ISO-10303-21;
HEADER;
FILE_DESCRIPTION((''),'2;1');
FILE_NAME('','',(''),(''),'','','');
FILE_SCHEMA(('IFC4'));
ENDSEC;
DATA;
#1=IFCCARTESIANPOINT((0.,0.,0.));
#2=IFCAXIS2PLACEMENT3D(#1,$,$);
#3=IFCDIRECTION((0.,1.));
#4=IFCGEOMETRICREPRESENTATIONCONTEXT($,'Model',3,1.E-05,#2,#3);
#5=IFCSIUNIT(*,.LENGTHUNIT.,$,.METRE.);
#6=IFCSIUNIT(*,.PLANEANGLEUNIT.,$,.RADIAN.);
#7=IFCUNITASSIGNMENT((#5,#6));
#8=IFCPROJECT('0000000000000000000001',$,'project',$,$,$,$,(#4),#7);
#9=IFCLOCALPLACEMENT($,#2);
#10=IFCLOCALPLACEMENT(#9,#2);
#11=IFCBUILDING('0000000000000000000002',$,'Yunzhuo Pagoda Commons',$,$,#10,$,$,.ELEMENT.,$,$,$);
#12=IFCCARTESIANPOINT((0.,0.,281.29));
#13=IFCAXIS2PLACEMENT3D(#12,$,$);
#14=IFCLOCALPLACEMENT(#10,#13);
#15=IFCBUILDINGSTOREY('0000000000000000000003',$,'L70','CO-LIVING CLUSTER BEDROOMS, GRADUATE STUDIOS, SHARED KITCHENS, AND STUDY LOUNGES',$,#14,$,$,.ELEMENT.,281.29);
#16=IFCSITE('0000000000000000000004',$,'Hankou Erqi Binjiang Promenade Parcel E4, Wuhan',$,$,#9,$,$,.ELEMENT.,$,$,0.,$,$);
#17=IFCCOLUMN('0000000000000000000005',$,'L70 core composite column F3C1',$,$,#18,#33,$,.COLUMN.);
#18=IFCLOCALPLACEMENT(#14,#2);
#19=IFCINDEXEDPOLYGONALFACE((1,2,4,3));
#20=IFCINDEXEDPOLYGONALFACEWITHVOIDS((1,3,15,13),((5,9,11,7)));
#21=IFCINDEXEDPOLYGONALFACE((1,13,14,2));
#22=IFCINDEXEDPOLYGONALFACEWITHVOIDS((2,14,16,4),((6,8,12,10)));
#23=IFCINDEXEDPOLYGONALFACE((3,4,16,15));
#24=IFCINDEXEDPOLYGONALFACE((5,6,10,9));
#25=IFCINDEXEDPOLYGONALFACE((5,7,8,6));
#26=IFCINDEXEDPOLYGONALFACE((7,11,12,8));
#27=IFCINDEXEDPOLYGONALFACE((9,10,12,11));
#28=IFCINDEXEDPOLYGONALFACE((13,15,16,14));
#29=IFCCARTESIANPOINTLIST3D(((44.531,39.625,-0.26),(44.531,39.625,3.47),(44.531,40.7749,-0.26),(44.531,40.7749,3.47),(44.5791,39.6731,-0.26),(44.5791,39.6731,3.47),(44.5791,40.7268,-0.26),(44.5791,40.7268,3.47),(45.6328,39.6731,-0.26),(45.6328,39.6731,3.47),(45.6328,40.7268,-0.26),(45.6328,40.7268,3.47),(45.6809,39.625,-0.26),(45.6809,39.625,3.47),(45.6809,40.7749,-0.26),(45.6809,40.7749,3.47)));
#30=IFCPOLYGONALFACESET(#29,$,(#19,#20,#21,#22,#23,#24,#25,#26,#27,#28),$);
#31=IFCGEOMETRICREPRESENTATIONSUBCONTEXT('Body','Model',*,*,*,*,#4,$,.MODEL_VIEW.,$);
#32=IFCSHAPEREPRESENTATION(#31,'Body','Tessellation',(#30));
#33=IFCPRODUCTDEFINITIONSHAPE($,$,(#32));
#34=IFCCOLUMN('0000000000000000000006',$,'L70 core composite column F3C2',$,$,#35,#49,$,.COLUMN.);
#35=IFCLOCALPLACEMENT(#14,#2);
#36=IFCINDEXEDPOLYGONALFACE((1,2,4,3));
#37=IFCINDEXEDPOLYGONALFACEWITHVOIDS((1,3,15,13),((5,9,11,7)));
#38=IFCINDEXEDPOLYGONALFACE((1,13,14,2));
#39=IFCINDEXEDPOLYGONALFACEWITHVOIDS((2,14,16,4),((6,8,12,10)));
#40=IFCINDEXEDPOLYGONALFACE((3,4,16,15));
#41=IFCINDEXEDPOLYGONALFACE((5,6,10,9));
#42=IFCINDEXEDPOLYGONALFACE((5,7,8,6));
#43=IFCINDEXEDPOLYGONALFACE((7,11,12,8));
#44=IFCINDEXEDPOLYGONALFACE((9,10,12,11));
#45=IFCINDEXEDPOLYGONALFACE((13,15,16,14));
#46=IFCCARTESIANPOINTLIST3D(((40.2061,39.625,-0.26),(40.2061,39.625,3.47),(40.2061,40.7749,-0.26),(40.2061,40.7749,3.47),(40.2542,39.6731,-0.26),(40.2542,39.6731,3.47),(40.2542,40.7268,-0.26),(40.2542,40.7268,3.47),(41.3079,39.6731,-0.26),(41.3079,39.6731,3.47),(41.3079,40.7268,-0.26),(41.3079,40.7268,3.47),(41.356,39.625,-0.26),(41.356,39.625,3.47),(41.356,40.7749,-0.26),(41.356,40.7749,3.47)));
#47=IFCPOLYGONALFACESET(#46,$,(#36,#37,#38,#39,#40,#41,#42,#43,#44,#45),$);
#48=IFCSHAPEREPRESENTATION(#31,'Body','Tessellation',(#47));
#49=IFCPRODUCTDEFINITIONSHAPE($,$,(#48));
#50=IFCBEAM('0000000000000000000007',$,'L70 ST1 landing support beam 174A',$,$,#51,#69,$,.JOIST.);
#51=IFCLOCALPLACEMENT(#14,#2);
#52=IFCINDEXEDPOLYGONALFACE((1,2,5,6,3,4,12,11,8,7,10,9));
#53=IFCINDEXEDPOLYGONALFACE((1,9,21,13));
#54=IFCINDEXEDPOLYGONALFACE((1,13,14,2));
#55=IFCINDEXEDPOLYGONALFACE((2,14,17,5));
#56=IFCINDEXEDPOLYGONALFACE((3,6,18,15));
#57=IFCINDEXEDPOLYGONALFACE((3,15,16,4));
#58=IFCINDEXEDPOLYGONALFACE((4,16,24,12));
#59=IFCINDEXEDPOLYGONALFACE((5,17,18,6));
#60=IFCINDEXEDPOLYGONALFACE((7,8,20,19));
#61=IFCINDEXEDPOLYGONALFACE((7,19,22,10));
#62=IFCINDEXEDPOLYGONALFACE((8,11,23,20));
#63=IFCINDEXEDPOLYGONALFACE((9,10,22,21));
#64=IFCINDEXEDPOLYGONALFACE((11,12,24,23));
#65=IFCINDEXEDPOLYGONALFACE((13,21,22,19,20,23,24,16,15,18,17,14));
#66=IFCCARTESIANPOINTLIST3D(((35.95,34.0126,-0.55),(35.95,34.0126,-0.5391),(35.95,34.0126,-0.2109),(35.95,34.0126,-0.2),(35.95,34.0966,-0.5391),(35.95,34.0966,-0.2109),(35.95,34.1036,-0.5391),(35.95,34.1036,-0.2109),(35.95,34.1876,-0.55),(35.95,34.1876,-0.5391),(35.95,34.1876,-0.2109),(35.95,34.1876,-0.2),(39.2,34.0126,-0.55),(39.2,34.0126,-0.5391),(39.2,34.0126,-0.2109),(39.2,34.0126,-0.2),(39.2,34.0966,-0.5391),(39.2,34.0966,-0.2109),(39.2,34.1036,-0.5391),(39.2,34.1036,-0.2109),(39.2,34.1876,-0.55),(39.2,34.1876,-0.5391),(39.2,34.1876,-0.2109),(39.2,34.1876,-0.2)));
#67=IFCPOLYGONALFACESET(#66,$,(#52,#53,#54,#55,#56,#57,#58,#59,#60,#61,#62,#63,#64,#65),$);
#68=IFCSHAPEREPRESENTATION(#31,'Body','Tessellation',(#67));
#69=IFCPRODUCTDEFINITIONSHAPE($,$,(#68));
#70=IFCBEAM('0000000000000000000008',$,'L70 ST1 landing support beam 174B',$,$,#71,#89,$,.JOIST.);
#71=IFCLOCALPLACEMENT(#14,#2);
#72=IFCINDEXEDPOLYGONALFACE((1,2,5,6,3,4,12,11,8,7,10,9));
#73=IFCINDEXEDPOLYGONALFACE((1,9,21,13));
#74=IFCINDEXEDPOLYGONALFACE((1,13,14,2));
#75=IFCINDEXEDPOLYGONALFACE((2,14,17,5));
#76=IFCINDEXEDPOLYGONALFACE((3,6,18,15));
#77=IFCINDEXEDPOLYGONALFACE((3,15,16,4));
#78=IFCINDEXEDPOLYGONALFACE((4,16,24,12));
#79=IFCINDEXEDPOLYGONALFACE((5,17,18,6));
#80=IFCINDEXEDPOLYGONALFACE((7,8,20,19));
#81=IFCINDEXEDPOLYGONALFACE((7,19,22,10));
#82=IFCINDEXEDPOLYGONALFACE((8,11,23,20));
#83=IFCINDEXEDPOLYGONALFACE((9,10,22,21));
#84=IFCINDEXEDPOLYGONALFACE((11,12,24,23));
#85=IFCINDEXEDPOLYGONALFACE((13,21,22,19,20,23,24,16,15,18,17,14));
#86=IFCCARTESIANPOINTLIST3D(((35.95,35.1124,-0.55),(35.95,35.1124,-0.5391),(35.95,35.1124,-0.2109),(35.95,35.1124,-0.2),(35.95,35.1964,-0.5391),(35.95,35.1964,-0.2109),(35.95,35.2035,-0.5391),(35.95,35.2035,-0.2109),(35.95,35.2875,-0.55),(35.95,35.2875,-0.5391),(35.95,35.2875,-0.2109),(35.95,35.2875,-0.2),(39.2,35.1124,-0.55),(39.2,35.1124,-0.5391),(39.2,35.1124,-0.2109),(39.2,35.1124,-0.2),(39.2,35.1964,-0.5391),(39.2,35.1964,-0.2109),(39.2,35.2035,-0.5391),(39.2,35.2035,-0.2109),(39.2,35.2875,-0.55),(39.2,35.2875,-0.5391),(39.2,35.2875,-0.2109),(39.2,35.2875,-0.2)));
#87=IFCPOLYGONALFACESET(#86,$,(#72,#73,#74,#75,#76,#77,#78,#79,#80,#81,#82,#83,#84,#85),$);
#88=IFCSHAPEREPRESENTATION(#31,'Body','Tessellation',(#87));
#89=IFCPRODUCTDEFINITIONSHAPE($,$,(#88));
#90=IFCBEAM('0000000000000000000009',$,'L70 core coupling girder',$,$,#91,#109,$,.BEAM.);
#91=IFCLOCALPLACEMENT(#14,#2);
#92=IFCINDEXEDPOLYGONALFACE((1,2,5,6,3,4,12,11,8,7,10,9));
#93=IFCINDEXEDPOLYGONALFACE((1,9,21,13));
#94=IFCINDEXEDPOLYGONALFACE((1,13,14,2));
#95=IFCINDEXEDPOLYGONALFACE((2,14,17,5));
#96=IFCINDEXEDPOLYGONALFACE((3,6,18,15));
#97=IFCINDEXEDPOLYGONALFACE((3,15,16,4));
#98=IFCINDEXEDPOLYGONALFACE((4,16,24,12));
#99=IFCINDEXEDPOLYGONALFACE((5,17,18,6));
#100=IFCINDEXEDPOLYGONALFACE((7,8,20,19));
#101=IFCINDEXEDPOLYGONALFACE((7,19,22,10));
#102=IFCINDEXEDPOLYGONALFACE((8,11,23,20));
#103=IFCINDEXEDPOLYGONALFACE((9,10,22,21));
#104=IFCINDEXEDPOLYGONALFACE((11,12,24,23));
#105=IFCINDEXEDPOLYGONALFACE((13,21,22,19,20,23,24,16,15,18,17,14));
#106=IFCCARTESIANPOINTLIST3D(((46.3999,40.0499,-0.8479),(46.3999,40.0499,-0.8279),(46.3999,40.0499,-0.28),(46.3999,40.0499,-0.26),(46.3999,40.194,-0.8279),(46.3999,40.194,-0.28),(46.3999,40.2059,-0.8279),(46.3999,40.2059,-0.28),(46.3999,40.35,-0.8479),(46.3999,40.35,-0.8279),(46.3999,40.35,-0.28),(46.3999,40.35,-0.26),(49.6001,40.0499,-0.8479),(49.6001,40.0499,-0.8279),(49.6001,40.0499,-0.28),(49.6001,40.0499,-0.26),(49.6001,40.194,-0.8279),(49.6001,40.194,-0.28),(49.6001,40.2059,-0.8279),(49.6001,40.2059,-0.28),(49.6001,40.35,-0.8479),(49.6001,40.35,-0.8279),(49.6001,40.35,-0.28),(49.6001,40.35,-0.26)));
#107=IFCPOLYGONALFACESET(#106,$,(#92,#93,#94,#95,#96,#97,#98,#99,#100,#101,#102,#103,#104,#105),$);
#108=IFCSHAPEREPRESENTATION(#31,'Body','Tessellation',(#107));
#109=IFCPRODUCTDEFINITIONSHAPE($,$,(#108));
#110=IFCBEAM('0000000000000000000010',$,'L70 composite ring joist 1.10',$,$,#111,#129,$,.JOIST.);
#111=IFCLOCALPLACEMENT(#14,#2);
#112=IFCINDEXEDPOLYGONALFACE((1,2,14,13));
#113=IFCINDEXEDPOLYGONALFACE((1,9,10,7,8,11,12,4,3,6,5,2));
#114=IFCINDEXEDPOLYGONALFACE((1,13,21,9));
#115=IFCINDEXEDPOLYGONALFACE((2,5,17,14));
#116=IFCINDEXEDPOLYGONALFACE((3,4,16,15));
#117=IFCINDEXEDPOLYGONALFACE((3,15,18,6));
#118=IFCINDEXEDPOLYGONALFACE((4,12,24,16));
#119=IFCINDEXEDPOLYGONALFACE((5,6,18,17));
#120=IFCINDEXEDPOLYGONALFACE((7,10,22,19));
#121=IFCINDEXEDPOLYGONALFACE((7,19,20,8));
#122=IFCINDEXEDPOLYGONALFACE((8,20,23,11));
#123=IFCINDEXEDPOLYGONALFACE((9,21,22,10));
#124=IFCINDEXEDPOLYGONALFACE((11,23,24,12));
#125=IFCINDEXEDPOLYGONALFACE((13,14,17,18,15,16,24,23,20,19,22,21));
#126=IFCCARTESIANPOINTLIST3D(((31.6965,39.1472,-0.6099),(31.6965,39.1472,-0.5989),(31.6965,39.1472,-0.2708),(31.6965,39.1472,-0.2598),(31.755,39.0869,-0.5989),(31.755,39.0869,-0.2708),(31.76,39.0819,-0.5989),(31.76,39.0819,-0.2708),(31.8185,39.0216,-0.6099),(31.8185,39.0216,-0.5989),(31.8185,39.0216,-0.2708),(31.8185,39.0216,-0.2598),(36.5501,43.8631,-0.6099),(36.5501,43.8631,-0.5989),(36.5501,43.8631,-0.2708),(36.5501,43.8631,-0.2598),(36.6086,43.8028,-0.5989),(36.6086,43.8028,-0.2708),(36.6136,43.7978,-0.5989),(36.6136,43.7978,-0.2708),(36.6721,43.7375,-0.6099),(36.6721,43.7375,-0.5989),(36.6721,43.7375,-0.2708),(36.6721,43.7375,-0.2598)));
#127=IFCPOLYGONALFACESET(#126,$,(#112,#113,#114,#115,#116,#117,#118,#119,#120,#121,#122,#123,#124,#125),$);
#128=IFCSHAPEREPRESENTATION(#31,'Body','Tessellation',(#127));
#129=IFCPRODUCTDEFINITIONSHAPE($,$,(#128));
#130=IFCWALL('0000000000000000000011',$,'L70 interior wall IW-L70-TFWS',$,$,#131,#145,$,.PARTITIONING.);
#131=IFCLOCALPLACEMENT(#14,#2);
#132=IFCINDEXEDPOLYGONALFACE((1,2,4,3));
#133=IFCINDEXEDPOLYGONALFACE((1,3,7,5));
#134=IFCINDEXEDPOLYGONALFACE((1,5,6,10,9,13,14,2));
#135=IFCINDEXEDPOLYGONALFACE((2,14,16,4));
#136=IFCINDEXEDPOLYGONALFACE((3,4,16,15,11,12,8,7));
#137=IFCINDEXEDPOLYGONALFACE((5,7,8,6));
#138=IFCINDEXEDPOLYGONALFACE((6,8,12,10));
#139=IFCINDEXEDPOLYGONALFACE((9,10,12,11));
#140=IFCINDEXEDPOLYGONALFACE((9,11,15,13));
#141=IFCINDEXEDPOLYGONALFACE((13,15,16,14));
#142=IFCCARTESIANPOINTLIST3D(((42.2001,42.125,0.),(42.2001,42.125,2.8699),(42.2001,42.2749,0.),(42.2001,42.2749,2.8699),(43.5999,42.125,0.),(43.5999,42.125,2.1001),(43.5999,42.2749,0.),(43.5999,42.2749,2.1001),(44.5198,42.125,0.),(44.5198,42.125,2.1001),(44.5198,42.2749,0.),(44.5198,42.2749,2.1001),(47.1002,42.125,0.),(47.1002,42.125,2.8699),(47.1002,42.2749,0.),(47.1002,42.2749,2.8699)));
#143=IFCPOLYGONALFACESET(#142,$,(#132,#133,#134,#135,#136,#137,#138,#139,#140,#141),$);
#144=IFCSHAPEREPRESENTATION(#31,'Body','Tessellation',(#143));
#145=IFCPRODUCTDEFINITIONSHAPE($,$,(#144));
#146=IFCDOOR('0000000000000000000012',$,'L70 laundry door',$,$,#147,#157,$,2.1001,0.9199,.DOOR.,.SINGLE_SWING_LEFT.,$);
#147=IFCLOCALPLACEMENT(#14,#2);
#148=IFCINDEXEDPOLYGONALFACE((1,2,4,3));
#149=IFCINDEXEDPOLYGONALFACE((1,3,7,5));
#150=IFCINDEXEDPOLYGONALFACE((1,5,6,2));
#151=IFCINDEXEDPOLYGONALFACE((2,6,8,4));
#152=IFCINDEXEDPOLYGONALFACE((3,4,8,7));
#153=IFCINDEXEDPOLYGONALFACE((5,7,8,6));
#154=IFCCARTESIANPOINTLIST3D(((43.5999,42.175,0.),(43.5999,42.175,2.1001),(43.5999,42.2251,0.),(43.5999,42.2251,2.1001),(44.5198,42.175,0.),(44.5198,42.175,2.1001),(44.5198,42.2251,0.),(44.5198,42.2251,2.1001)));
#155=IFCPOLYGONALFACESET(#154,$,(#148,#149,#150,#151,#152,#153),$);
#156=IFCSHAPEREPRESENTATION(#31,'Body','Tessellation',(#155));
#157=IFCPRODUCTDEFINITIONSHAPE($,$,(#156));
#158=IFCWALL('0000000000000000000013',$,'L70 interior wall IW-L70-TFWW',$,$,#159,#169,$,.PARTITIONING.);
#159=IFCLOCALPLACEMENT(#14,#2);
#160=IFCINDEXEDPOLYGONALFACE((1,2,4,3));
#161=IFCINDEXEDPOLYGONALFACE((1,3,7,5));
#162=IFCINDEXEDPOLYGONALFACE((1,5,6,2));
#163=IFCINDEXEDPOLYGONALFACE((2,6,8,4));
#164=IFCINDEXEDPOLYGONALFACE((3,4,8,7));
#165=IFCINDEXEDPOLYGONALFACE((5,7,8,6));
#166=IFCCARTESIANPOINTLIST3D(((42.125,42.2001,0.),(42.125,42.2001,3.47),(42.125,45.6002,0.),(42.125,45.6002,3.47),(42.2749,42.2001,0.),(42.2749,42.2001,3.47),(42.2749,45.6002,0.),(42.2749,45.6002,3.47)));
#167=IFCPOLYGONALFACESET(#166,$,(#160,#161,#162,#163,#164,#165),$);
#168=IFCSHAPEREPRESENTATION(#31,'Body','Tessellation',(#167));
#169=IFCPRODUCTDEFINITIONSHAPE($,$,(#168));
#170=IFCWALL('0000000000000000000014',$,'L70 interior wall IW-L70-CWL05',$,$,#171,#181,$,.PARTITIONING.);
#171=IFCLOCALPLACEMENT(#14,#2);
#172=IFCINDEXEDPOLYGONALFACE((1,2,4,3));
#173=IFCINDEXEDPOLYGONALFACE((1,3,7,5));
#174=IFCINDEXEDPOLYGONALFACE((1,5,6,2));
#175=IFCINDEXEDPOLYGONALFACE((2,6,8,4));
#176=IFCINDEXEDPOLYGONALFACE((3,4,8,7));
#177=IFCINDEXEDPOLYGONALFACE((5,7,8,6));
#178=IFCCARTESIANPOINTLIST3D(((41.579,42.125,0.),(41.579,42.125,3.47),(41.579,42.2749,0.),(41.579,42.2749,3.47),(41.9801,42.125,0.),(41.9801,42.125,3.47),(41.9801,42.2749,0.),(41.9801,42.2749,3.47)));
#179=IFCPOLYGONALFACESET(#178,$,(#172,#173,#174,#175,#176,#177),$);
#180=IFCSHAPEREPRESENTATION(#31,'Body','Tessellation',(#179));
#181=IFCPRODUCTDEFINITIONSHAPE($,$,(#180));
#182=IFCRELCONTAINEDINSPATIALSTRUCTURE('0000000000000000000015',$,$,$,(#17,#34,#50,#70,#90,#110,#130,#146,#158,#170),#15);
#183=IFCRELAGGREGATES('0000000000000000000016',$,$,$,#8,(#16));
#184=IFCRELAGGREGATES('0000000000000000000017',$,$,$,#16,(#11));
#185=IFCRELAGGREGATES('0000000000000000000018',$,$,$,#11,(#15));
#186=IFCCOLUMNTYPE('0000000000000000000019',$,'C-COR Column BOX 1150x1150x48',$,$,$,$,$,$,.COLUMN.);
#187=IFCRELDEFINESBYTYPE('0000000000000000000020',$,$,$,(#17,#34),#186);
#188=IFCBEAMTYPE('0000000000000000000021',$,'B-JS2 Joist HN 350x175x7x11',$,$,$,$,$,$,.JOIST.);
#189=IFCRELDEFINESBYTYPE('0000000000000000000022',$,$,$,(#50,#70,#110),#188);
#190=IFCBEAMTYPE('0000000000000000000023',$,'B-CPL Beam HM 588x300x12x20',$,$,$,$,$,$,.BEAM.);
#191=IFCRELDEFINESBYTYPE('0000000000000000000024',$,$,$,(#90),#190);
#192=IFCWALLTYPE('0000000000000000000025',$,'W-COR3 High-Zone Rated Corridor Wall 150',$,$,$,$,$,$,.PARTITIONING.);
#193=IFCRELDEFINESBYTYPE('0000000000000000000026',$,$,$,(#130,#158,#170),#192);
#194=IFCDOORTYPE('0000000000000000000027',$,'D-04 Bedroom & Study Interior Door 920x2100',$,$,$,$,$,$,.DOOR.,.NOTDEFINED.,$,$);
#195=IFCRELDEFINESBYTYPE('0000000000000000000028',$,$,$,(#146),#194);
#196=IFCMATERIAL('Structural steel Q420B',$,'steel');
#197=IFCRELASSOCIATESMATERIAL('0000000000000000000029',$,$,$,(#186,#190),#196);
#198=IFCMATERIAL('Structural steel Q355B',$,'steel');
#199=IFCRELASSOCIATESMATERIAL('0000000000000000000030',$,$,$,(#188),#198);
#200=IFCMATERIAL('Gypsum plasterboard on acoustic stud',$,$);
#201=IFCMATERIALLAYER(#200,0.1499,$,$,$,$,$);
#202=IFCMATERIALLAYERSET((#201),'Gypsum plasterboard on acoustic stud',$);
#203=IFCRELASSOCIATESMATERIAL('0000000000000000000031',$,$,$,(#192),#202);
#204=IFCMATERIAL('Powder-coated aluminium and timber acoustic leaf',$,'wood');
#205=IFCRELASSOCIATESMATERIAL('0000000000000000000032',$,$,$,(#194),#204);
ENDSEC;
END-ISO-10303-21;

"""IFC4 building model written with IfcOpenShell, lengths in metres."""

from ifc_helpers import new_model, si_unit, direction, frame, frame_2d, origin, origin_2d, place, context, subcontext, project, spatial, rectangle, hollow_rectangle, i_section, extrude, source, transform, mapped, material, layer, layer_set, material_profile, profile_set, type_object, element, fill, save


model = new_model("IFC4")

# Units and contexts
model_context = context("Model", 3, precision=1e-05, world=origin(), true_north=direction((0.0, 1.0)))
body_context = subcontext(model_context, "Body", "Model", "MODEL_VIEW")
ifc_project = project(units=[si_unit("LENGTHUNIT", "METRE"), si_unit("PLANEANGLEUNIT", "RADIAN")], contexts=[model_context])

# Site, building, storey
site_placement = place(None, origin())
site = spatial("IfcSite", under=ifc_project, at=site_placement, Name="Hankou Erqi Binjiang Promenade Parcel E4, Wuhan", CompositionType="ELEMENT", RefElevation=0.0)
building_placement = place(site_placement, origin())
building = spatial("IfcBuilding", under=site, at=building_placement, Name="Yunzhuo Pagoda Commons", CompositionType="ELEMENT")
storey_placement = place(building_placement, frame((0.0, 0.0, 281.29)))
storey = spatial("IfcBuildingStorey", under=building, at=storey_placement, Name="L70", Description="CO-LIVING CLUSTER BEDROOMS, GRADUATE STUDIOS, SHARED KITCHENS, AND STUDY LOUNGES", CompositionType="ELEMENT", Elevation=281.29)

# Columns
ifc_material_1 = material(Name="Structural steel Q420B", Category="steel")
ifc_material_profile_1 = material_profile(ifc_material_1, hollow_rectangle(XDim=1.1499, YDim=1.1499, WallThickness=0.0481, at=origin_2d()), Name="Structural steel Q420B")
ifc_profile_set_1 = profile_set([ifc_material_profile_1], Name="Structural steel Q420B")
column_type = type_object("IfcColumnType", Name="C-COR Column BOX 1150x1150x48", PredefinedType="COLUMN", material=ifc_profile_set_1)
shared_shape_1 = source(origin(), body_context, "Body", "SweptSolid", [
    extrude(hollow_rectangle(XDim=1.1499, YDim=1.1499, WallThickness=0.0481, at=origin_2d()), origin(), (0.0, 0.0, 1.0), 3.73),
])
for number, where, z_axis, x_axis, name in (
    (1, (45.106, 40.2, -0.26), (0.0, 0.0, 1.0), (1.0, 0.0, 0.0), "L70 core composite column F3C1"),
    (2, (40.781, 40.2, -0.26), (0.0, 0.0, 1.0), (1.0, 0.0, 0.0), "L70 core composite column F3C2"),
):
    element("IfcColumn", number, at=place(storey_placement, frame(where, z_axis=z_axis, x_axis=x_axis)), inside=storey, type_object=column_type, Name=name, PredefinedType="COLUMN", context=body_context, shape_type="MappedRepresentation", body=[
        mapped(shared_shape_1, transform((0.0, 0.0, 0.0), scale=1.0)),
    ])

# Beams
ifc_material_2 = material(Name="Structural steel Q355B", Category="steel")
ifc_material_profile_2 = material_profile(ifc_material_2, i_section(OverallWidth=0.175, OverallDepth=0.3501, WebThickness=0.0071, FlangeThickness=0.011, at=origin_2d()), Name="Structural steel Q355B")
ifc_profile_set_2 = profile_set([ifc_material_profile_2], Name="Structural steel Q355B")
beam_type_1 = type_object("IfcBeamType", Name="B-JS2 Joist HN 350x175x7x11", PredefinedType="JOIST", material=ifc_profile_set_2)
shared_shape_2 = source(origin(), body_context, "Body", "SweptSolid", [
    extrude(i_section(OverallWidth=0.175, OverallDepth=0.3501, WebThickness=0.0071, FlangeThickness=0.011, at=origin_2d()), origin(), (0.0, 0.0, 1.0), 3.25),
])
for number, where, z_axis, x_axis, name in (
    (3, (35.95, 34.1001, -0.375), (1.0, 0.0, 0.0), (0.0, 1.0, 0.0), "L70 ST1 landing support beam 174A"),
    (4, (35.95, 35.2, -0.375), (1.0, 0.0, 0.0), (0.0, 1.0, 0.0), "L70 ST1 landing support beam 174B"),
):
    element("IfcBeam", number, at=place(storey_placement, frame(where, z_axis=z_axis, x_axis=x_axis)), inside=storey, type_object=beam_type_1, Name=name, PredefinedType="JOIST", context=body_context, shape_type="MappedRepresentation", body=[
        mapped(shared_shape_2, transform((0.0, 0.0, 0.0), scale=1.0)),
    ])
ifc_material_profile_3 = material_profile(ifc_material_1, i_section(OverallWidth=0.3, OverallDepth=0.5879, WebThickness=0.012, FlangeThickness=0.02, at=origin_2d()), Name="Structural steel Q420B")
ifc_profile_set_3 = profile_set([ifc_material_profile_3], Name="Structural steel Q420B")
beam_type_2 = type_object("IfcBeamType", Name="B-CPL Beam HM 588x300x12x20", PredefinedType="BEAM", material=ifc_profile_set_3)
shared_shape_3 = source(origin(), body_context, "Body", "SweptSolid", [
    extrude(i_section(OverallWidth=0.3, OverallDepth=0.5879, WebThickness=0.012, FlangeThickness=0.02, at=origin_2d()), origin(), (0.0, 0.0, 1.0), 3.2002),
])
beam_1_placement = place(storey_placement, frame((46.3999, 40.2, -0.554), z_axis=(1.0, 0.0, 0.0), x_axis=(0.0, 1.0, 0.0)))
element("IfcBeam", 5, at=beam_1_placement, inside=storey, type_object=beam_type_2, Name="L70 core coupling girder", PredefinedType="BEAM", context=body_context, shape_type="MappedRepresentation", body=[
    mapped(shared_shape_3, transform((0.0, 0.0, 0.0), scale=1.0)),
])
shared_shape_4 = source(origin(), body_context, "Body", "SweptSolid", [
    extrude(i_section(OverallWidth=0.175, OverallDepth=0.3501, WebThickness=0.0071, FlangeThickness=0.011, at=origin_2d()), origin(), (0.0, 0.0, 1.0), 6.7673),
])
beam_2_placement = place(storey_placement, frame((36.6111, 43.8003, -0.4348), z_axis=(-0.717207, -0.69686, 0.0), x_axis=(0.69686, -0.717207, 0.0)))
element("IfcBeam", 6, at=beam_2_placement, inside=storey, type_object=beam_type_1, Name="L70 composite ring joist 1.10", PredefinedType="JOIST", context=body_context, shape_type="MappedRepresentation", body=[
    mapped(shared_shape_4, transform((0.0, 0.0, 0.0), scale=1.0)),
])

# Wall, opening, door
ifc_material_3 = material(Name="Gypsum plasterboard on acoustic stud")
ifc_layer_1 = layer(ifc_material_3, 0.1499)
ifc_layer_set_1 = layer_set([ifc_layer_1], Name="Gypsum plasterboard on acoustic stud")
wall_type_1 = type_object("IfcWallType", Name="W-COR3 High-Zone Rated Corridor Wall 150", PredefinedType="PARTITIONING", material=ifc_layer_set_1)
wall_1_placement = place(storey_placement, frame((42.2, 42.2, 0.0), z_axis=(0.0, 0.0, 1.0), x_axis=(1.0, 0.0, 0.0)))
wall_1 = element("IfcWall", 7, at=wall_1_placement, inside=storey, type_object=wall_type_1, Name="L70 interior wall IW-L70-TFWS", PredefinedType="PARTITIONING", context=body_context, shape_type="SweptSolid", body=[
    extrude(rectangle(XDim=4.9001, YDim=0.1499, at=frame_2d((2.4502, 0.0))), origin(), (0.0, 0.0, 1.0), 2.8699),
])
opening_1_placement = place(wall_1_placement, frame((1.3999, 0.0, 0.0)))
opening_1 = element("IfcOpeningElement", 8, at=opening_1_placement, cuts=wall_1, PredefinedType="OPENING", context=body_context, shape_type="SweptSolid", body=[
    extrude(rectangle(XDim=0.9199, YDim=2.1001, at=frame_2d((0.46, 1.05))), frame((0.0, 0.085, 0.0), z_axis=(0.0, -1.0, 0.0), x_axis=(1.0, 0.0, 0.0)), (0.0, 0.0, 1.0), 0.1699),
])
ifc_material_4 = material(Name="Powder-coated aluminium and timber acoustic leaf", Category="wood")
door_type_1 = type_object("IfcDoorType", Name="D-04 Bedroom & Study Interior Door 920x2100", OperationType="NOTDEFINED", PredefinedType="DOOR", material=ifc_material_4)
shared_shape_5 = source(origin(), body_context, "Body", "SweptSolid", [
    extrude(rectangle(XDim=0.9199, YDim=2.1001, at=frame_2d((0.46, 1.05))), frame((0.0, 0.0249, 0.0), z_axis=(0.0, -1.0, 0.0), x_axis=(1.0, 0.0, 0.0)), (0.0, 0.0, 1.0), 0.05),
])
door_1_placement = place(opening_1_placement, frame((0.9199, 0.0, 0.0), z_axis=(0.0, 0.0, 1.0), x_axis=(-1.0, 0.0, 0.0)))
door_1 = element("IfcDoor", 9, at=door_1_placement, inside=storey, type_object=door_type_1, Name="L70 laundry door", OperationType="SINGLE_SWING_LEFT", OverallHeight=2.1001, OverallWidth=0.9199, PredefinedType="DOOR", context=body_context, shape_type="MappedRepresentation", body=[
    mapped(shared_shape_5, transform((0.0, 0.0, 0.0), scale=1.0)),
])
fill(opening_1, door_1)

# Wall
wall_2_placement = place(storey_placement, frame((42.2, 42.2, 0.0), z_axis=(0.0, 0.0, 1.0), x_axis=(0.0, 1.0, 0.0)))
element("IfcWall", 10, at=wall_2_placement, inside=storey, type_object=wall_type_1, Name="L70 interior wall IW-L70-TFWW", PredefinedType="PARTITIONING", context=body_context, shape_type="SweptSolid", body=[
    extrude(rectangle(XDim=3.4001, YDim=0.1499, at=frame_2d((1.7002, 0.0))), origin(), (0.0, 0.0, 1.0), 3.47),
])

# Wall
wall_3_placement = place(storey_placement, frame((41.5789, 42.2, 0.0), z_axis=(0.0, 0.0, 1.0), x_axis=(1.0, 0.0, 0.0)))
element("IfcWall", 11, at=wall_3_placement, inside=storey, type_object=wall_type_1, Name="L70 interior wall IW-L70-CWL05", PredefinedType="PARTITIONING", context=body_context, shape_type="SweptSolid", body=[
    extrude(rectangle(XDim=0.4011, YDim=0.1499, at=frame_2d((0.2007, 0.0))), origin(), (0.0, 0.0, 1.0), 3.47),
])

save(model, "model.ifc")
